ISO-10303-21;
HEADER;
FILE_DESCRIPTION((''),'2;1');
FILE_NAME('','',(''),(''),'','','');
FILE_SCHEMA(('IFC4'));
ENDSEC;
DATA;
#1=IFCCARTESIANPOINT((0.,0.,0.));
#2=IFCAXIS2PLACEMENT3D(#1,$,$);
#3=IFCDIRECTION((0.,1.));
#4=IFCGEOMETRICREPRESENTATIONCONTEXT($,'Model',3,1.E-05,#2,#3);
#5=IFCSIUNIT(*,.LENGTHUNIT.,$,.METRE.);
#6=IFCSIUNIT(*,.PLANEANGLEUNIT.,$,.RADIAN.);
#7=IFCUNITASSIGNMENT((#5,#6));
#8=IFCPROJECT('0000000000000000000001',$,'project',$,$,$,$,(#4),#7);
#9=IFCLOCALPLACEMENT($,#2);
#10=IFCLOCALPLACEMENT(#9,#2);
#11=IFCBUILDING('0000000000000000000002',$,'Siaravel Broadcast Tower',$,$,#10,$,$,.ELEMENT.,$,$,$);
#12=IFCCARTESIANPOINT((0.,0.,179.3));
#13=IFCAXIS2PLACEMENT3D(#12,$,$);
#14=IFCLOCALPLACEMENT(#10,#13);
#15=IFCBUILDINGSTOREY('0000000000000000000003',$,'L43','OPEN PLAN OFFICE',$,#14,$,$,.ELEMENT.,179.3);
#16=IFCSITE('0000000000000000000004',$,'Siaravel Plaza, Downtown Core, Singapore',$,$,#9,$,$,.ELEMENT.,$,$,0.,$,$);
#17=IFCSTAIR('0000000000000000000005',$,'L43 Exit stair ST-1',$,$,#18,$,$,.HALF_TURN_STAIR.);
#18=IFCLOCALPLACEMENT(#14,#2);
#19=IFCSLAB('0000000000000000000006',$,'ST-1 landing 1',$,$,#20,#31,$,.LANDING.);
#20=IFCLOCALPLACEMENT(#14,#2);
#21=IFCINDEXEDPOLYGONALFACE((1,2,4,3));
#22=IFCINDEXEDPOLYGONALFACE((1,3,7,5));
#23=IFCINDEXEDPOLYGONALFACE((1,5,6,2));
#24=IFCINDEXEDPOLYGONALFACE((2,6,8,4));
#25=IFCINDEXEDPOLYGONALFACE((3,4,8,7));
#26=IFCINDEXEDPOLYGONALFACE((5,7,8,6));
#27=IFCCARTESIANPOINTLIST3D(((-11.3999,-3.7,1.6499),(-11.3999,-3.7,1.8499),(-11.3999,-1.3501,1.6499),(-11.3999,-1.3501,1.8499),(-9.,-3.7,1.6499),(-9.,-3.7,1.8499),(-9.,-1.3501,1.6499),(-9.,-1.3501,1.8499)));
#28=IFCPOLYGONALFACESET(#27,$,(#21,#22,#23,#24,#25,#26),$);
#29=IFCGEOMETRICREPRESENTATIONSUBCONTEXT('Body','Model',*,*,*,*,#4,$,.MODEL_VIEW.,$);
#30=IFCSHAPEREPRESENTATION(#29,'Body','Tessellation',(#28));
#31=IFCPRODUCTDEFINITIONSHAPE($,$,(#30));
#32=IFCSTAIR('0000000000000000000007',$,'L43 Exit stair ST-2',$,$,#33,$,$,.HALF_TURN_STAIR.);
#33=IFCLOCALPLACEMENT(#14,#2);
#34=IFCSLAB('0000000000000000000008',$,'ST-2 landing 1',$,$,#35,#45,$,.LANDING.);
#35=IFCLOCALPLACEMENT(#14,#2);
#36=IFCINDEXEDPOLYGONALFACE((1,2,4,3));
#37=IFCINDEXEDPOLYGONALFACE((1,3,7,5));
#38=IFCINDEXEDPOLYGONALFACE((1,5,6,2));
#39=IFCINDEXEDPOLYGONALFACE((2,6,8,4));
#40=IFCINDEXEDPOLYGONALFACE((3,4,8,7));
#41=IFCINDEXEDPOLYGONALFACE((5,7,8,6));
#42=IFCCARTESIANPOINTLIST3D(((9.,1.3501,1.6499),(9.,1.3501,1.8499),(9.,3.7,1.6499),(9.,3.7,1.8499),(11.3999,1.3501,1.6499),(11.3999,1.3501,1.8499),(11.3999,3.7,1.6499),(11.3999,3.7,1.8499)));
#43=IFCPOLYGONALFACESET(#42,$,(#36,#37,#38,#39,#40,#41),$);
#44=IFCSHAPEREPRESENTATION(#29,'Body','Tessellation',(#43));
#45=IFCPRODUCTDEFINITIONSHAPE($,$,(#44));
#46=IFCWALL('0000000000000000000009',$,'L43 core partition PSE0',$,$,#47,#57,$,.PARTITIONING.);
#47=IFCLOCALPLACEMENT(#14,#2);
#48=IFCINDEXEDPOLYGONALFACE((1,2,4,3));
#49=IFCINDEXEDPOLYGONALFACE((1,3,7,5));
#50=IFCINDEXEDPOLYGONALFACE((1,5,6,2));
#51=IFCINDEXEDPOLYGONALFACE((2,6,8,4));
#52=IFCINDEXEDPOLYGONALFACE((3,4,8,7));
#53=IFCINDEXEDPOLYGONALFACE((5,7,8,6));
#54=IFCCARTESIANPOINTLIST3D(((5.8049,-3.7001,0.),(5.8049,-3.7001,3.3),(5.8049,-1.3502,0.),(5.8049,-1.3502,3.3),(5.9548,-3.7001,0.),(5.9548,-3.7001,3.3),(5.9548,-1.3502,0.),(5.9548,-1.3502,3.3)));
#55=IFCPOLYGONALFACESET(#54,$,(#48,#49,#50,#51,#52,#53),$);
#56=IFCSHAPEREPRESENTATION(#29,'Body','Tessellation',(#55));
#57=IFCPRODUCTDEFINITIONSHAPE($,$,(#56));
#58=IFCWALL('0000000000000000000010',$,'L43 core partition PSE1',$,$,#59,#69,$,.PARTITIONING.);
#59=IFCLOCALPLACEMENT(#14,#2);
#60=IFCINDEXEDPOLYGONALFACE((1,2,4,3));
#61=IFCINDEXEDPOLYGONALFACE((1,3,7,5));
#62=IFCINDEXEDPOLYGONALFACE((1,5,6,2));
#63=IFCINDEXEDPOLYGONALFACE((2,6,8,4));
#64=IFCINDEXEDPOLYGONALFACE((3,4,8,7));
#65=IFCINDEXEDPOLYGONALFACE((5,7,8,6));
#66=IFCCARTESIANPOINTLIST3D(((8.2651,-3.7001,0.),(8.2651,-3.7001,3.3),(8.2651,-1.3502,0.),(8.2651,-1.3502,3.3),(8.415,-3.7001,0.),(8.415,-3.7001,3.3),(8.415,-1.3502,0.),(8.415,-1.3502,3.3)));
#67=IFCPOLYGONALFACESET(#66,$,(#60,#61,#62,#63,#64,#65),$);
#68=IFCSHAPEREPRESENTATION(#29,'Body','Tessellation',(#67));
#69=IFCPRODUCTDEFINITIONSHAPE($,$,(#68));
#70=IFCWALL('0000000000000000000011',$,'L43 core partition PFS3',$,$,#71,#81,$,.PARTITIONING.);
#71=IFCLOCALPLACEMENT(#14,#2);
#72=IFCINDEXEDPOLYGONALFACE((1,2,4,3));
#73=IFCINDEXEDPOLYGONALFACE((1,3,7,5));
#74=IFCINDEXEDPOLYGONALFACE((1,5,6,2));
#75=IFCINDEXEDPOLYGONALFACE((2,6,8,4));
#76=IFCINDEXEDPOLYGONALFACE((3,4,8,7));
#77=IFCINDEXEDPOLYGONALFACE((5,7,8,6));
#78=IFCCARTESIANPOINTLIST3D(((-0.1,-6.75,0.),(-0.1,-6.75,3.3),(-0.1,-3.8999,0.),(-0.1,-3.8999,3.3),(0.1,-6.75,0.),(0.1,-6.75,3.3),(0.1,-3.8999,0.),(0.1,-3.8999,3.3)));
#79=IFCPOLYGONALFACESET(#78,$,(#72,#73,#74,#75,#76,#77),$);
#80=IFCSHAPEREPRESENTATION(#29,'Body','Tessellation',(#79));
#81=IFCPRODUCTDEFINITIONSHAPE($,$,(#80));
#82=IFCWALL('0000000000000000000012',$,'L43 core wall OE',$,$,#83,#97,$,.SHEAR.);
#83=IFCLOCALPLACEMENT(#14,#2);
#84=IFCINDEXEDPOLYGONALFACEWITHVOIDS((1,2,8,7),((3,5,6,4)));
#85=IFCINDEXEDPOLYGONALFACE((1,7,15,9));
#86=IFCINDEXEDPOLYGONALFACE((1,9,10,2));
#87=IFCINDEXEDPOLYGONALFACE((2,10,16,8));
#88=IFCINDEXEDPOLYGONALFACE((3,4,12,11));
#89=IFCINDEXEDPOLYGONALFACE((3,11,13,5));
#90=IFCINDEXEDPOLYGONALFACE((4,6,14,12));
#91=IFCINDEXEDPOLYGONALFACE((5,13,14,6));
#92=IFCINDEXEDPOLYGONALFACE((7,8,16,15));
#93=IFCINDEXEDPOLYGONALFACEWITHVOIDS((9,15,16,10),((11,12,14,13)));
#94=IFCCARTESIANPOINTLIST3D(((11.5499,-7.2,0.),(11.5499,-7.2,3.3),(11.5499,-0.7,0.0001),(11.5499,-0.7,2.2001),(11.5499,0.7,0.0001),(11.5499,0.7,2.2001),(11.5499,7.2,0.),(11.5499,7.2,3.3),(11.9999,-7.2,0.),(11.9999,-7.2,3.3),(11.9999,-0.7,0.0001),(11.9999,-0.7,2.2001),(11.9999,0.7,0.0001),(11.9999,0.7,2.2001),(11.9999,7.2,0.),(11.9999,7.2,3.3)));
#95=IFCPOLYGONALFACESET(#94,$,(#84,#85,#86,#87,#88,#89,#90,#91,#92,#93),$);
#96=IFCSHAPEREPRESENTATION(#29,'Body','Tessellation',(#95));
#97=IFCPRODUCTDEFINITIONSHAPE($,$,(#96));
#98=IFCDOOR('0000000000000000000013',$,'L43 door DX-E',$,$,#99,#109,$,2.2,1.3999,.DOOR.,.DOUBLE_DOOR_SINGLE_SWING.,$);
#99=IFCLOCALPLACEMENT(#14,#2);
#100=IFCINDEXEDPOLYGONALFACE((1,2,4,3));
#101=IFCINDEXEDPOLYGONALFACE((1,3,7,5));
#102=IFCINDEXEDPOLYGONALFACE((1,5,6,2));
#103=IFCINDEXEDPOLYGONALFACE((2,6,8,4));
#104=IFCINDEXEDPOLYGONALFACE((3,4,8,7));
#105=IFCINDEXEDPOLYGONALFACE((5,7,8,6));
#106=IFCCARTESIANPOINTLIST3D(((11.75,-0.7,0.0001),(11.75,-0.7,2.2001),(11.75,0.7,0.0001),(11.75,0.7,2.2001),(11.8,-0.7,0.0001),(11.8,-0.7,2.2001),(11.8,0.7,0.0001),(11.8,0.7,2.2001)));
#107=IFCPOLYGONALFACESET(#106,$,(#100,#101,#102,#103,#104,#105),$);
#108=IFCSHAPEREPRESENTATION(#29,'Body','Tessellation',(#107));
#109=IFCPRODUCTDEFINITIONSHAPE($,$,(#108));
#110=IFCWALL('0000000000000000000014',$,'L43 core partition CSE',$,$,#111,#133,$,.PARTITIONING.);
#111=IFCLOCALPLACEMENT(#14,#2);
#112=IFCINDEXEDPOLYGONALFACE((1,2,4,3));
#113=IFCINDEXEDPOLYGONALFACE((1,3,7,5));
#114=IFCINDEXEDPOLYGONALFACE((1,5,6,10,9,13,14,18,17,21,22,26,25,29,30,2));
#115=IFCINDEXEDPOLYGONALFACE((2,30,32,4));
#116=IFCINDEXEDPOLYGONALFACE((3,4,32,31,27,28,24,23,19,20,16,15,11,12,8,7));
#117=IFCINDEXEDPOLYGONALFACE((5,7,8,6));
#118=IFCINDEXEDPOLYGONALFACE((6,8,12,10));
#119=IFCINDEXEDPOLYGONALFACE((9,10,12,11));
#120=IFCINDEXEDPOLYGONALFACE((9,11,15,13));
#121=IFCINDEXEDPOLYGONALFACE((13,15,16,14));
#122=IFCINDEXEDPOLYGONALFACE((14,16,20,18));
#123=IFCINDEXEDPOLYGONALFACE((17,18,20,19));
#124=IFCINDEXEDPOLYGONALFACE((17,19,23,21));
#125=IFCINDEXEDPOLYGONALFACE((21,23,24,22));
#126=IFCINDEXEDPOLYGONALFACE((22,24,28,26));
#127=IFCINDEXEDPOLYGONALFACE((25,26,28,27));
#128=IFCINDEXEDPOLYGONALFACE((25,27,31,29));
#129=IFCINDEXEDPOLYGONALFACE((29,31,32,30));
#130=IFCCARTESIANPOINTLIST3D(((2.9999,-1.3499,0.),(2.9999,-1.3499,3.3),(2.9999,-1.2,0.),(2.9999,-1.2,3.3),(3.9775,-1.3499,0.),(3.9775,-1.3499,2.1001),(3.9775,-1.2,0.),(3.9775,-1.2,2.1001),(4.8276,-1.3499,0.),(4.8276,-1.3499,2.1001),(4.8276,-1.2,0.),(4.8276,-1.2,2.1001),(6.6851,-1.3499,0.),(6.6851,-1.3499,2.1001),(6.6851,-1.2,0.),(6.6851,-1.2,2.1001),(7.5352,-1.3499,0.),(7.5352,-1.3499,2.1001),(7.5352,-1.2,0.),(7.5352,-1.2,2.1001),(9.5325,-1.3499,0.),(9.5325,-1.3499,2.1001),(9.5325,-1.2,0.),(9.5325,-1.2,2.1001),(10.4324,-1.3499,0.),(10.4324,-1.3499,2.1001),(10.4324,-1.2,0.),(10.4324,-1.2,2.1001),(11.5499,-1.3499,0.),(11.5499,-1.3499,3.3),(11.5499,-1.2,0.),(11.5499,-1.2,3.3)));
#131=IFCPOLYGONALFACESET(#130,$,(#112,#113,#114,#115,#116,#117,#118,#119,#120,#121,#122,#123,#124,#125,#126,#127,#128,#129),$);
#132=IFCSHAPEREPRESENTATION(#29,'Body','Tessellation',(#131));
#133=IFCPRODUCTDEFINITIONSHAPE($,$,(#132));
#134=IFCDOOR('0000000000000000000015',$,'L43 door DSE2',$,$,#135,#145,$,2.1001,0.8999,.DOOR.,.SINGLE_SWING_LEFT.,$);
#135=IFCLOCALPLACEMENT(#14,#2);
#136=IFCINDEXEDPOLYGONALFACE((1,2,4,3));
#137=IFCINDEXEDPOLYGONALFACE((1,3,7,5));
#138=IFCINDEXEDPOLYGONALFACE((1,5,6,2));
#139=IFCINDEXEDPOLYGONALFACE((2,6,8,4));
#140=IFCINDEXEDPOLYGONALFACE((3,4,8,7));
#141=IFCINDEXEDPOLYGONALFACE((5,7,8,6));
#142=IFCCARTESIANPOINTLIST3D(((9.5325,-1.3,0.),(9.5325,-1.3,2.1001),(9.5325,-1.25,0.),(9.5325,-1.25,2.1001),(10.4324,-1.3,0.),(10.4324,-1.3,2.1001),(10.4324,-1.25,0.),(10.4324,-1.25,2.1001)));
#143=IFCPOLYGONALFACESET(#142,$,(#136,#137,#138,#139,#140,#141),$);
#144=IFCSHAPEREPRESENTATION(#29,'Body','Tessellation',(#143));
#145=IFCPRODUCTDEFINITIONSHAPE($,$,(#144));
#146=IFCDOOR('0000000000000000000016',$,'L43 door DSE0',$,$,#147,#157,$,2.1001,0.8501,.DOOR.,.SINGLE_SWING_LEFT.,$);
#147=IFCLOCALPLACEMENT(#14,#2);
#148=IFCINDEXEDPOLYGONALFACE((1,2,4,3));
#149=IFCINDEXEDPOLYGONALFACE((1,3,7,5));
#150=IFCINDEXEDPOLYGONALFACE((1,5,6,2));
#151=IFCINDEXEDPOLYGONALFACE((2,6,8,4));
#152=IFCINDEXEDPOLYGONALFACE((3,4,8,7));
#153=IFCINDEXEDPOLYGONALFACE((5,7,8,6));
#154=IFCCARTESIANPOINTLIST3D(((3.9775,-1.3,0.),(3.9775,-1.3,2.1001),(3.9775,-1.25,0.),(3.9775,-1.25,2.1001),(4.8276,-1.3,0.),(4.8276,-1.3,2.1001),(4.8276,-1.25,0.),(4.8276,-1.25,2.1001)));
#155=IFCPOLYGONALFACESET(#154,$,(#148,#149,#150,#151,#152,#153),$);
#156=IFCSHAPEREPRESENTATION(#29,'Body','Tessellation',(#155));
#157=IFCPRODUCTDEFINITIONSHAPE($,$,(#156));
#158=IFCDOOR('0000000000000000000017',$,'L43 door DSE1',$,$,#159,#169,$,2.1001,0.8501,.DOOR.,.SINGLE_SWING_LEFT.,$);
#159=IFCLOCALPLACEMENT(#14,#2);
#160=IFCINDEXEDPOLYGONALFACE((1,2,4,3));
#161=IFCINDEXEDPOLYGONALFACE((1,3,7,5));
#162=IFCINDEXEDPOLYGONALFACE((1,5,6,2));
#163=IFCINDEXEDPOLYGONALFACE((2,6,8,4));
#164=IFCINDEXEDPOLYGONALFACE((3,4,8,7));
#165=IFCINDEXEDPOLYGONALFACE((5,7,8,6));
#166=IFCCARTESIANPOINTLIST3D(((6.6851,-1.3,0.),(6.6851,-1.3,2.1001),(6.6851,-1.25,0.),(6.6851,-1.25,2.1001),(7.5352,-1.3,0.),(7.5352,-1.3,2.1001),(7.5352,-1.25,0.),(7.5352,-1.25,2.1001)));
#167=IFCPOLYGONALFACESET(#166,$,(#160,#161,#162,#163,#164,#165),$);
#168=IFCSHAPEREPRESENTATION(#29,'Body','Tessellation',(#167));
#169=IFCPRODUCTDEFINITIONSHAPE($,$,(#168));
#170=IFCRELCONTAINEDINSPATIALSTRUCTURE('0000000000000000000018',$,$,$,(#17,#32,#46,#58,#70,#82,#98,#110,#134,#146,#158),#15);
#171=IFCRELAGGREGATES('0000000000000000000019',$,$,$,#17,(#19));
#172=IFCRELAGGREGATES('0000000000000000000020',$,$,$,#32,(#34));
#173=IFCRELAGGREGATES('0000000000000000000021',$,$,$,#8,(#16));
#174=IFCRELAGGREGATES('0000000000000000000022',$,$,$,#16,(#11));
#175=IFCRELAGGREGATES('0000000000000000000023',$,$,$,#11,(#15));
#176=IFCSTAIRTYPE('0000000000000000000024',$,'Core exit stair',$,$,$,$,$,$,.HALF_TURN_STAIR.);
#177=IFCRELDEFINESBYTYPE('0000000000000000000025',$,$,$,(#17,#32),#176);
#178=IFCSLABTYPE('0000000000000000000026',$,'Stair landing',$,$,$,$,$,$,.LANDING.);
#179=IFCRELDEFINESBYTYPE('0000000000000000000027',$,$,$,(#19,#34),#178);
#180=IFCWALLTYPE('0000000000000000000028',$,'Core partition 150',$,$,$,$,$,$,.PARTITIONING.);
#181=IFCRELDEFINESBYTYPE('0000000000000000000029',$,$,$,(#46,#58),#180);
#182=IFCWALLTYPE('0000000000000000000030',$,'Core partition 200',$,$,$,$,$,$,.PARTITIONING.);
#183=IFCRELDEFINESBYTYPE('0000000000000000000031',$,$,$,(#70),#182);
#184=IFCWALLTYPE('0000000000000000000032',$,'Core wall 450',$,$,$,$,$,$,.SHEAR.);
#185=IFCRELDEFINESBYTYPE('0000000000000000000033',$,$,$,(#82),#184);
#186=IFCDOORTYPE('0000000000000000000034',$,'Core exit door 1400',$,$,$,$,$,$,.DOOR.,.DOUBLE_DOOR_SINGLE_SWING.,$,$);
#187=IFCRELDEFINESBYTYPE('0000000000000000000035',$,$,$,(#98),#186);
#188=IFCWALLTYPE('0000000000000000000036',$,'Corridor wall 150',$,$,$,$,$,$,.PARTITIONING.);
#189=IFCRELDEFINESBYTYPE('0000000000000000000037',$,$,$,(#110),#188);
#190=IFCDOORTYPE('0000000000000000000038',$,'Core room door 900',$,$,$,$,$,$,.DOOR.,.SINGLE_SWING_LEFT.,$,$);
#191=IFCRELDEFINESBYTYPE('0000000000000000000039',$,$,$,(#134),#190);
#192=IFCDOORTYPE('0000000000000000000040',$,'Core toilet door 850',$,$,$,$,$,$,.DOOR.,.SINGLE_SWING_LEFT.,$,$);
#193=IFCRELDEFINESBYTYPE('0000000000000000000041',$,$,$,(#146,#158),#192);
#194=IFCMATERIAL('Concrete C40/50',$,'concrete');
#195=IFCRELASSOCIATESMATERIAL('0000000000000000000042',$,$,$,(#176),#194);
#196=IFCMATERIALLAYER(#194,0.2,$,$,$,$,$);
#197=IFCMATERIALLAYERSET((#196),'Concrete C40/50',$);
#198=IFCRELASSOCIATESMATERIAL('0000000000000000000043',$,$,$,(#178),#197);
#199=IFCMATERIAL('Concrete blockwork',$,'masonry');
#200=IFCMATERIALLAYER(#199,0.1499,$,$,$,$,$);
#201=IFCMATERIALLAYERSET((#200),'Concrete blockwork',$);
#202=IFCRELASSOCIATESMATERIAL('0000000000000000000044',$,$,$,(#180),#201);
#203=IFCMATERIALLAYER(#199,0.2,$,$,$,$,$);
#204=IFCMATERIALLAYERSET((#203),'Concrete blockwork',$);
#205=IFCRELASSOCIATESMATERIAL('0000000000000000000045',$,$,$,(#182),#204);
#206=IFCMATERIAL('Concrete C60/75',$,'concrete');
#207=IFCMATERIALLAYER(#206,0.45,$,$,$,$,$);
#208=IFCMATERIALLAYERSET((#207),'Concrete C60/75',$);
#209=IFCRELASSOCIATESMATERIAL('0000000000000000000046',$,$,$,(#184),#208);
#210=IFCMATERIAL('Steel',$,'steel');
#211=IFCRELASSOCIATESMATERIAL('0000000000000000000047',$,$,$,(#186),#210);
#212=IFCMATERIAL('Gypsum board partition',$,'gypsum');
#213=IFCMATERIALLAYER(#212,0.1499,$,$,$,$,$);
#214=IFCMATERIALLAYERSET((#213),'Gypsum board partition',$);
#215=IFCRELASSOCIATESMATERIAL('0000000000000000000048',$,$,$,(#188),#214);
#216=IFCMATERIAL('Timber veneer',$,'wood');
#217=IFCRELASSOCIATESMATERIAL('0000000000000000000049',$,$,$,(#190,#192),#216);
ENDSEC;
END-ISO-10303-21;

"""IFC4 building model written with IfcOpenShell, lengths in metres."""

from ifc_helpers import new_model, si_unit, direction, frame, frame_2d, origin, place, context, subcontext, project, spatial, polyline, rectangle, outline, extrude, material, layer, layer_set, type_object, element, fill, aggregate, save


model = new_model("IFC4")

# Units and contexts
model_context = context("Model", 3, precision=1e-05, world=origin(), true_north=direction((0.0, 1.0)))
body_context = subcontext(model_context, "Body", "Model", "MODEL_VIEW")
ifc_project = project(units=[si_unit("LENGTHUNIT", "METRE"), si_unit("PLANEANGLEUNIT", "RADIAN")], contexts=[model_context])

# Site, building, storey
site_placement = place(None, origin())
site = spatial("IfcSite", under=ifc_project, at=site_placement, Name="Siaravel Plaza, Downtown Core, Singapore", CompositionType="ELEMENT", RefElevation=0.0)
building_placement = place(site_placement, origin())
building = spatial("IfcBuilding", under=site, at=building_placement, Name="Siaravel Broadcast Tower", CompositionType="ELEMENT")
storey_placement = place(building_placement, frame((0.0, 0.0, 179.3)))
storey = spatial("IfcBuildingStorey", under=building, at=storey_placement, Name="L43", Description="OPEN PLAN OFFICE", CompositionType="ELEMENT", Elevation=179.3)

# Shared definitions
ifc_material_1 = material(Name="Concrete C60/75", Category="concrete")

# Shared definitions
ifc_material_2 = material(Name="Concrete C40/50", Category="concrete")

# Stairs, slabs
stair_type = type_object("IfcStairType", Name="Core exit stair", PredefinedType="HALF_TURN_STAIR", material=ifc_material_2)
stair_1_placement = place(storey_placement, origin())
stair_1 = element("IfcStair", 1, at=stair_1_placement, inside=storey, type_object=stair_type, Name="L43 Exit stair ST-1", PredefinedType="HALF_TURN_STAIR")
ifc_layer_1 = layer(ifc_material_2, 0.2)
ifc_layer_set_1 = layer_set([ifc_layer_1], Name="Concrete C40/50")
slab_type_1 = type_object("IfcSlabType", Name="Stair landing", PredefinedType="LANDING", material=ifc_layer_set_1)
slab_1_placement = place(storey_placement, frame((0.0, 0.0, 1.6499)))
slab_1 = element("IfcSlab", 2, at=slab_1_placement, type_object=slab_type_1, Name="ST-1 landing 1", PredefinedType="LANDING", context=body_context, shape_type="SweptSolid", body=[
    extrude(outline(polyline([(-9.0, -1.3501), (-11.3999, -1.3501), (-11.3999, -3.7), (-9.0, -3.7), (-9.0, -1.3501)])), origin(), (0.0, 0.0, 1.0), 0.2),
])
aggregate(stair_1, [slab_1])
stair_2_placement = place(storey_placement, origin())
stair_2 = element("IfcStair", 3, at=stair_2_placement, inside=storey, type_object=stair_type, Name="L43 Exit stair ST-2", PredefinedType="HALF_TURN_STAIR")
slab_2_placement = place(storey_placement, frame((0.0, 0.0, 1.6499)))
slab_2 = element("IfcSlab", 4, at=slab_2_placement, type_object=slab_type_1, Name="ST-2 landing 1", PredefinedType="LANDING", context=body_context, shape_type="SweptSolid", body=[
    extrude(outline(polyline([(9.0, 1.3501), (11.3999, 1.3501), (11.3999, 3.7), (9.0, 3.7), (9.0, 1.3501)])), origin(), (0.0, 0.0, 1.0), 0.2),
])
aggregate(stair_2, [slab_2])

# Walls
ifc_material_3 = material(Name="Concrete blockwork", Category="masonry")
ifc_layer_2 = layer(ifc_material_3, 0.1499)
ifc_layer_set_2 = layer_set([ifc_layer_2], Name="Concrete blockwork")
wall_type_1 = type_object("IfcWallType", Name="Core partition 150", PredefinedType="PARTITIONING", material=ifc_layer_set_2)
for number, where, z_axis, x_axis, name in (
    (5, (5.8799, -3.7, 0.0), (0.0, 0.0, 1.0), (0.0, 1.0, 0.0), "L43 core partition PSE0"),
    (6, (8.3401, -3.7, 0.0), (0.0, 0.0, 1.0), (0.0, 1.0, 0.0), "L43 core partition PSE1"),
):
    element("IfcWall", number, at=place(storey_placement, frame(where, z_axis=z_axis, x_axis=x_axis)), inside=storey, type_object=wall_type_1, Name=name, PredefinedType="PARTITIONING", context=body_context, shape_type="SweptSolid", body=[
        extrude(rectangle(XDim=2.3499, YDim=0.1499, at=frame_2d((1.1748, 0.0))), origin(), (0.0, 0.0, 1.0), 3.3),
    ])
ifc_layer_3 = layer(ifc_material_3, 0.2)
ifc_layer_set_3 = layer_set([ifc_layer_3], Name="Concrete blockwork")
wall_type_2 = type_object("IfcWallType", Name="Core partition 200", PredefinedType="PARTITIONING", material=ifc_layer_set_3)
wall_1_placement = place(storey_placement, frame((0.0, -6.75, 0.0), z_axis=(0.0, 0.0, 1.0), x_axis=(0.0, 1.0, 0.0)))
element("IfcWall", 7, at=wall_1_placement, inside=storey, type_object=wall_type_2, Name="L43 core partition PFS3", PredefinedType="PARTITIONING", context=body_context, shape_type="SweptSolid", body=[
    extrude(rectangle(XDim=2.8501, YDim=0.2, at=frame_2d((1.425, 0.0))), origin(), (0.0, 0.0, 1.0), 3.3),
])

# Wall, opening, door
ifc_layer_4 = layer(ifc_material_1, 0.45)
ifc_layer_set_4 = layer_set([ifc_layer_4], Name="Concrete C60/75")
wall_type_3 = type_object("IfcWallType", Name="Core wall 450", PredefinedType="SHEAR", material=ifc_layer_set_4)
wall_2_placement = place(storey_placement, frame((11.7749, -7.2, 0.0), z_axis=(0.0, 0.0, 1.0), x_axis=(0.0, 1.0, 0.0)))
wall_2 = element("IfcWall", 8, at=wall_2_placement, inside=storey, type_object=wall_type_3, Name="L43 core wall OE", PredefinedType="SHEAR", context=body_context, shape_type="SweptSolid", body=[
    extrude(rectangle(XDim=14.3999, YDim=0.45, at=frame_2d((7.2, 0.0))), origin(), (0.0, 0.0, 1.0), 3.3),
])
opening_1_placement = place(wall_2_placement, frame((6.5, 0.0, 0.0)))
opening_1 = element("IfcOpeningElement", 9, at=opening_1_placement, cuts=wall_2, PredefinedType="OPENING", context=body_context, shape_type="SweptSolid", body=[
    extrude(rectangle(XDim=1.3999, YDim=2.2, at=frame_2d((0.7, 1.1001))), frame((0.0, 0.2349, 0.0), z_axis=(0.0, -1.0, 0.0), x_axis=(1.0, 0.0, 0.0)), (0.0, 0.0, 1.0), 0.47),
])
ifc_material_4 = material(Name="Steel", Category="steel")
door_type_1 = type_object("IfcDoorType", Name="Core exit door 1400", OperationType="DOUBLE_DOOR_SINGLE_SWING", PredefinedType="DOOR", material=ifc_material_4)
door_1_placement = place(opening_1_placement, origin())
door_1 = element("IfcDoor", 10, at=door_1_placement, inside=storey, type_object=door_type_1, Name="L43 door DX-E", OperationType="DOUBLE_DOOR_SINGLE_SWING", OverallHeight=2.2, OverallWidth=1.3999, PredefinedType="DOOR", context=body_context, shape_type="SweptSolid", body=[
    extrude(rectangle(XDim=1.3999, YDim=2.2, at=frame_2d((0.7, 1.1001))), frame((0.0, 0.0249, 0.0), z_axis=(0.0, -1.0, 0.0), x_axis=(1.0, 0.0, 0.0)), (0.0, 0.0, 1.0), 0.05),
])
fill(opening_1, door_1)

# Wall, openings, doors
ifc_material_5 = material(Name="Gypsum board partition", Category="gypsum")
ifc_layer_5 = layer(ifc_material_5, 0.1499)
ifc_layer_set_5 = layer_set([ifc_layer_5], Name="Gypsum board partition")
wall_type_4 = type_object("IfcWallType", Name="Corridor wall 150", PredefinedType="PARTITIONING", material=ifc_layer_set_5)
wall_3_placement = place(storey_placement, frame((3.0, -1.2749, 0.0), z_axis=(0.0, 0.0, 1.0), x_axis=(1.0, 0.0, 0.0)))
wall_3 = element("IfcWall", 11, at=wall_3_placement, inside=storey, type_object=wall_type_4, Name="L43 core partition CSE", PredefinedType="PARTITIONING", context=body_context, shape_type="SweptSolid", body=[
    extrude(rectangle(XDim=8.55, YDim=0.1499, at=frame_2d((4.2749, 0.0))), origin(), (0.0, 0.0, 1.0), 3.3),
])
opening_2_placement = place(wall_3_placement, frame((0.9775, 0.0, 0.0)))
opening_2 = element("IfcOpeningElement", 12, at=opening_2_placement, cuts=wall_3, PredefinedType="OPENING", context=body_context, shape_type="SweptSolid", body=[
    extrude(rectangle(XDim=0.8501, YDim=2.1001, at=frame_2d((0.425, 1.05))), frame((0.0, 0.085, 0.0), z_axis=(0.0, -1.0, 0.0), x_axis=(1.0, 0.0, 0.0)), (0.0, 0.0, 1.0), 0.1699),
])
opening_3_placement = place(wall_3_placement, frame((3.6851, 0.0, 0.0)))
opening_3 = element("IfcOpeningElement", 13, at=opening_3_placement, cuts=wall_3, PredefinedType="OPENING", context=body_context, shape_type="SweptSolid", body=[
    extrude(rectangle(XDim=0.8501, YDim=2.1001, at=frame_2d((0.425, 1.05))), frame((0.0, 0.085, 0.0), z_axis=(0.0, -1.0, 0.0), x_axis=(1.0, 0.0, 0.0)), (0.0, 0.0, 1.0), 0.1699),
])
opening_4_placement = place(wall_3_placement, frame((6.5325, 0.0, 0.0)))
opening_4 = element("IfcOpeningElement", 14, at=opening_4_placement, cuts=wall_3, PredefinedType="OPENING", context=body_context, shape_type="SweptSolid", body=[
    extrude(rectangle(XDim=0.8999, YDim=2.1001, at=frame_2d((0.45, 1.05))), frame((0.0, 0.085, 0.0), z_axis=(0.0, -1.0, 0.0), x_axis=(1.0, 0.0, 0.0)), (0.0, 0.0, 1.0), 0.1699),
])
ifc_material_6 = material(Name="Timber veneer", Category="wood")
door_type_2 = type_object("IfcDoorType", Name="Core room door 900", OperationType="SINGLE_SWING_LEFT", PredefinedType="DOOR", material=ifc_material_6)
door_2_placement = place(opening_4_placement, origin())
door_2 = element("IfcDoor", 15, at=door_2_placement, inside=storey, type_object=door_type_2, Name="L43 door DSE2", OperationType="SINGLE_SWING_LEFT", OverallHeight=2.1001, OverallWidth=0.8999, PredefinedType="DOOR", context=body_context, shape_type="SweptSolid", body=[
    extrude(rectangle(XDim=0.8999, YDim=2.1001, at=frame_2d((0.45, 1.05))), frame((0.0, 0.0249, 0.0), z_axis=(0.0, -1.0, 0.0), x_axis=(1.0, 0.0, 0.0)), (0.0, 0.0, 1.0), 0.05),
])
fill(opening_4, door_2)
door_type_3 = type_object("IfcDoorType", Name="Core toilet door 850", OperationType="SINGLE_SWING_LEFT", PredefinedType="DOOR", material=ifc_material_6)
door_3_placement = place(opening_2_placement, origin())
door_3 = element("IfcDoor", 16, at=door_3_placement, inside=storey, type_object=door_type_3, Name="L43 door DSE0", OperationType="SINGLE_SWING_LEFT", OverallHeight=2.1001, OverallWidth=0.8501, PredefinedType="DOOR", context=body_context, shape_type="SweptSolid", body=[
    extrude(rectangle(XDim=0.8501, YDim=2.1001, at=frame_2d((0.425, 1.05))), frame((0.0, 0.0249, 0.0), z_axis=(0.0, -1.0, 0.0), x_axis=(1.0, 0.0, 0.0)), (0.0, 0.0, 1.0), 0.05),
])
fill(opening_2, door_3)
door_4_placement = place(opening_3_placement, origin())
door_4 = element("IfcDoor", 17, at=door_4_placement, inside=storey, type_object=door_type_3, Name="L43 door DSE1", OperationType="SINGLE_SWING_LEFT", OverallHeight=2.1001, OverallWidth=0.8501, PredefinedType="DOOR", context=body_context, shape_type="SweptSolid", body=[
    extrude(rectangle(XDim=0.8501, YDim=2.1001, at=frame_2d((0.425, 1.05))), frame((0.0, 0.0249, 0.0), z_axis=(0.0, -1.0, 0.0), x_axis=(1.0, 0.0, 0.0)), (0.0, 0.0, 1.0), 0.05),
])
fill(opening_3, door_4)

save(model, "model.ifc")
